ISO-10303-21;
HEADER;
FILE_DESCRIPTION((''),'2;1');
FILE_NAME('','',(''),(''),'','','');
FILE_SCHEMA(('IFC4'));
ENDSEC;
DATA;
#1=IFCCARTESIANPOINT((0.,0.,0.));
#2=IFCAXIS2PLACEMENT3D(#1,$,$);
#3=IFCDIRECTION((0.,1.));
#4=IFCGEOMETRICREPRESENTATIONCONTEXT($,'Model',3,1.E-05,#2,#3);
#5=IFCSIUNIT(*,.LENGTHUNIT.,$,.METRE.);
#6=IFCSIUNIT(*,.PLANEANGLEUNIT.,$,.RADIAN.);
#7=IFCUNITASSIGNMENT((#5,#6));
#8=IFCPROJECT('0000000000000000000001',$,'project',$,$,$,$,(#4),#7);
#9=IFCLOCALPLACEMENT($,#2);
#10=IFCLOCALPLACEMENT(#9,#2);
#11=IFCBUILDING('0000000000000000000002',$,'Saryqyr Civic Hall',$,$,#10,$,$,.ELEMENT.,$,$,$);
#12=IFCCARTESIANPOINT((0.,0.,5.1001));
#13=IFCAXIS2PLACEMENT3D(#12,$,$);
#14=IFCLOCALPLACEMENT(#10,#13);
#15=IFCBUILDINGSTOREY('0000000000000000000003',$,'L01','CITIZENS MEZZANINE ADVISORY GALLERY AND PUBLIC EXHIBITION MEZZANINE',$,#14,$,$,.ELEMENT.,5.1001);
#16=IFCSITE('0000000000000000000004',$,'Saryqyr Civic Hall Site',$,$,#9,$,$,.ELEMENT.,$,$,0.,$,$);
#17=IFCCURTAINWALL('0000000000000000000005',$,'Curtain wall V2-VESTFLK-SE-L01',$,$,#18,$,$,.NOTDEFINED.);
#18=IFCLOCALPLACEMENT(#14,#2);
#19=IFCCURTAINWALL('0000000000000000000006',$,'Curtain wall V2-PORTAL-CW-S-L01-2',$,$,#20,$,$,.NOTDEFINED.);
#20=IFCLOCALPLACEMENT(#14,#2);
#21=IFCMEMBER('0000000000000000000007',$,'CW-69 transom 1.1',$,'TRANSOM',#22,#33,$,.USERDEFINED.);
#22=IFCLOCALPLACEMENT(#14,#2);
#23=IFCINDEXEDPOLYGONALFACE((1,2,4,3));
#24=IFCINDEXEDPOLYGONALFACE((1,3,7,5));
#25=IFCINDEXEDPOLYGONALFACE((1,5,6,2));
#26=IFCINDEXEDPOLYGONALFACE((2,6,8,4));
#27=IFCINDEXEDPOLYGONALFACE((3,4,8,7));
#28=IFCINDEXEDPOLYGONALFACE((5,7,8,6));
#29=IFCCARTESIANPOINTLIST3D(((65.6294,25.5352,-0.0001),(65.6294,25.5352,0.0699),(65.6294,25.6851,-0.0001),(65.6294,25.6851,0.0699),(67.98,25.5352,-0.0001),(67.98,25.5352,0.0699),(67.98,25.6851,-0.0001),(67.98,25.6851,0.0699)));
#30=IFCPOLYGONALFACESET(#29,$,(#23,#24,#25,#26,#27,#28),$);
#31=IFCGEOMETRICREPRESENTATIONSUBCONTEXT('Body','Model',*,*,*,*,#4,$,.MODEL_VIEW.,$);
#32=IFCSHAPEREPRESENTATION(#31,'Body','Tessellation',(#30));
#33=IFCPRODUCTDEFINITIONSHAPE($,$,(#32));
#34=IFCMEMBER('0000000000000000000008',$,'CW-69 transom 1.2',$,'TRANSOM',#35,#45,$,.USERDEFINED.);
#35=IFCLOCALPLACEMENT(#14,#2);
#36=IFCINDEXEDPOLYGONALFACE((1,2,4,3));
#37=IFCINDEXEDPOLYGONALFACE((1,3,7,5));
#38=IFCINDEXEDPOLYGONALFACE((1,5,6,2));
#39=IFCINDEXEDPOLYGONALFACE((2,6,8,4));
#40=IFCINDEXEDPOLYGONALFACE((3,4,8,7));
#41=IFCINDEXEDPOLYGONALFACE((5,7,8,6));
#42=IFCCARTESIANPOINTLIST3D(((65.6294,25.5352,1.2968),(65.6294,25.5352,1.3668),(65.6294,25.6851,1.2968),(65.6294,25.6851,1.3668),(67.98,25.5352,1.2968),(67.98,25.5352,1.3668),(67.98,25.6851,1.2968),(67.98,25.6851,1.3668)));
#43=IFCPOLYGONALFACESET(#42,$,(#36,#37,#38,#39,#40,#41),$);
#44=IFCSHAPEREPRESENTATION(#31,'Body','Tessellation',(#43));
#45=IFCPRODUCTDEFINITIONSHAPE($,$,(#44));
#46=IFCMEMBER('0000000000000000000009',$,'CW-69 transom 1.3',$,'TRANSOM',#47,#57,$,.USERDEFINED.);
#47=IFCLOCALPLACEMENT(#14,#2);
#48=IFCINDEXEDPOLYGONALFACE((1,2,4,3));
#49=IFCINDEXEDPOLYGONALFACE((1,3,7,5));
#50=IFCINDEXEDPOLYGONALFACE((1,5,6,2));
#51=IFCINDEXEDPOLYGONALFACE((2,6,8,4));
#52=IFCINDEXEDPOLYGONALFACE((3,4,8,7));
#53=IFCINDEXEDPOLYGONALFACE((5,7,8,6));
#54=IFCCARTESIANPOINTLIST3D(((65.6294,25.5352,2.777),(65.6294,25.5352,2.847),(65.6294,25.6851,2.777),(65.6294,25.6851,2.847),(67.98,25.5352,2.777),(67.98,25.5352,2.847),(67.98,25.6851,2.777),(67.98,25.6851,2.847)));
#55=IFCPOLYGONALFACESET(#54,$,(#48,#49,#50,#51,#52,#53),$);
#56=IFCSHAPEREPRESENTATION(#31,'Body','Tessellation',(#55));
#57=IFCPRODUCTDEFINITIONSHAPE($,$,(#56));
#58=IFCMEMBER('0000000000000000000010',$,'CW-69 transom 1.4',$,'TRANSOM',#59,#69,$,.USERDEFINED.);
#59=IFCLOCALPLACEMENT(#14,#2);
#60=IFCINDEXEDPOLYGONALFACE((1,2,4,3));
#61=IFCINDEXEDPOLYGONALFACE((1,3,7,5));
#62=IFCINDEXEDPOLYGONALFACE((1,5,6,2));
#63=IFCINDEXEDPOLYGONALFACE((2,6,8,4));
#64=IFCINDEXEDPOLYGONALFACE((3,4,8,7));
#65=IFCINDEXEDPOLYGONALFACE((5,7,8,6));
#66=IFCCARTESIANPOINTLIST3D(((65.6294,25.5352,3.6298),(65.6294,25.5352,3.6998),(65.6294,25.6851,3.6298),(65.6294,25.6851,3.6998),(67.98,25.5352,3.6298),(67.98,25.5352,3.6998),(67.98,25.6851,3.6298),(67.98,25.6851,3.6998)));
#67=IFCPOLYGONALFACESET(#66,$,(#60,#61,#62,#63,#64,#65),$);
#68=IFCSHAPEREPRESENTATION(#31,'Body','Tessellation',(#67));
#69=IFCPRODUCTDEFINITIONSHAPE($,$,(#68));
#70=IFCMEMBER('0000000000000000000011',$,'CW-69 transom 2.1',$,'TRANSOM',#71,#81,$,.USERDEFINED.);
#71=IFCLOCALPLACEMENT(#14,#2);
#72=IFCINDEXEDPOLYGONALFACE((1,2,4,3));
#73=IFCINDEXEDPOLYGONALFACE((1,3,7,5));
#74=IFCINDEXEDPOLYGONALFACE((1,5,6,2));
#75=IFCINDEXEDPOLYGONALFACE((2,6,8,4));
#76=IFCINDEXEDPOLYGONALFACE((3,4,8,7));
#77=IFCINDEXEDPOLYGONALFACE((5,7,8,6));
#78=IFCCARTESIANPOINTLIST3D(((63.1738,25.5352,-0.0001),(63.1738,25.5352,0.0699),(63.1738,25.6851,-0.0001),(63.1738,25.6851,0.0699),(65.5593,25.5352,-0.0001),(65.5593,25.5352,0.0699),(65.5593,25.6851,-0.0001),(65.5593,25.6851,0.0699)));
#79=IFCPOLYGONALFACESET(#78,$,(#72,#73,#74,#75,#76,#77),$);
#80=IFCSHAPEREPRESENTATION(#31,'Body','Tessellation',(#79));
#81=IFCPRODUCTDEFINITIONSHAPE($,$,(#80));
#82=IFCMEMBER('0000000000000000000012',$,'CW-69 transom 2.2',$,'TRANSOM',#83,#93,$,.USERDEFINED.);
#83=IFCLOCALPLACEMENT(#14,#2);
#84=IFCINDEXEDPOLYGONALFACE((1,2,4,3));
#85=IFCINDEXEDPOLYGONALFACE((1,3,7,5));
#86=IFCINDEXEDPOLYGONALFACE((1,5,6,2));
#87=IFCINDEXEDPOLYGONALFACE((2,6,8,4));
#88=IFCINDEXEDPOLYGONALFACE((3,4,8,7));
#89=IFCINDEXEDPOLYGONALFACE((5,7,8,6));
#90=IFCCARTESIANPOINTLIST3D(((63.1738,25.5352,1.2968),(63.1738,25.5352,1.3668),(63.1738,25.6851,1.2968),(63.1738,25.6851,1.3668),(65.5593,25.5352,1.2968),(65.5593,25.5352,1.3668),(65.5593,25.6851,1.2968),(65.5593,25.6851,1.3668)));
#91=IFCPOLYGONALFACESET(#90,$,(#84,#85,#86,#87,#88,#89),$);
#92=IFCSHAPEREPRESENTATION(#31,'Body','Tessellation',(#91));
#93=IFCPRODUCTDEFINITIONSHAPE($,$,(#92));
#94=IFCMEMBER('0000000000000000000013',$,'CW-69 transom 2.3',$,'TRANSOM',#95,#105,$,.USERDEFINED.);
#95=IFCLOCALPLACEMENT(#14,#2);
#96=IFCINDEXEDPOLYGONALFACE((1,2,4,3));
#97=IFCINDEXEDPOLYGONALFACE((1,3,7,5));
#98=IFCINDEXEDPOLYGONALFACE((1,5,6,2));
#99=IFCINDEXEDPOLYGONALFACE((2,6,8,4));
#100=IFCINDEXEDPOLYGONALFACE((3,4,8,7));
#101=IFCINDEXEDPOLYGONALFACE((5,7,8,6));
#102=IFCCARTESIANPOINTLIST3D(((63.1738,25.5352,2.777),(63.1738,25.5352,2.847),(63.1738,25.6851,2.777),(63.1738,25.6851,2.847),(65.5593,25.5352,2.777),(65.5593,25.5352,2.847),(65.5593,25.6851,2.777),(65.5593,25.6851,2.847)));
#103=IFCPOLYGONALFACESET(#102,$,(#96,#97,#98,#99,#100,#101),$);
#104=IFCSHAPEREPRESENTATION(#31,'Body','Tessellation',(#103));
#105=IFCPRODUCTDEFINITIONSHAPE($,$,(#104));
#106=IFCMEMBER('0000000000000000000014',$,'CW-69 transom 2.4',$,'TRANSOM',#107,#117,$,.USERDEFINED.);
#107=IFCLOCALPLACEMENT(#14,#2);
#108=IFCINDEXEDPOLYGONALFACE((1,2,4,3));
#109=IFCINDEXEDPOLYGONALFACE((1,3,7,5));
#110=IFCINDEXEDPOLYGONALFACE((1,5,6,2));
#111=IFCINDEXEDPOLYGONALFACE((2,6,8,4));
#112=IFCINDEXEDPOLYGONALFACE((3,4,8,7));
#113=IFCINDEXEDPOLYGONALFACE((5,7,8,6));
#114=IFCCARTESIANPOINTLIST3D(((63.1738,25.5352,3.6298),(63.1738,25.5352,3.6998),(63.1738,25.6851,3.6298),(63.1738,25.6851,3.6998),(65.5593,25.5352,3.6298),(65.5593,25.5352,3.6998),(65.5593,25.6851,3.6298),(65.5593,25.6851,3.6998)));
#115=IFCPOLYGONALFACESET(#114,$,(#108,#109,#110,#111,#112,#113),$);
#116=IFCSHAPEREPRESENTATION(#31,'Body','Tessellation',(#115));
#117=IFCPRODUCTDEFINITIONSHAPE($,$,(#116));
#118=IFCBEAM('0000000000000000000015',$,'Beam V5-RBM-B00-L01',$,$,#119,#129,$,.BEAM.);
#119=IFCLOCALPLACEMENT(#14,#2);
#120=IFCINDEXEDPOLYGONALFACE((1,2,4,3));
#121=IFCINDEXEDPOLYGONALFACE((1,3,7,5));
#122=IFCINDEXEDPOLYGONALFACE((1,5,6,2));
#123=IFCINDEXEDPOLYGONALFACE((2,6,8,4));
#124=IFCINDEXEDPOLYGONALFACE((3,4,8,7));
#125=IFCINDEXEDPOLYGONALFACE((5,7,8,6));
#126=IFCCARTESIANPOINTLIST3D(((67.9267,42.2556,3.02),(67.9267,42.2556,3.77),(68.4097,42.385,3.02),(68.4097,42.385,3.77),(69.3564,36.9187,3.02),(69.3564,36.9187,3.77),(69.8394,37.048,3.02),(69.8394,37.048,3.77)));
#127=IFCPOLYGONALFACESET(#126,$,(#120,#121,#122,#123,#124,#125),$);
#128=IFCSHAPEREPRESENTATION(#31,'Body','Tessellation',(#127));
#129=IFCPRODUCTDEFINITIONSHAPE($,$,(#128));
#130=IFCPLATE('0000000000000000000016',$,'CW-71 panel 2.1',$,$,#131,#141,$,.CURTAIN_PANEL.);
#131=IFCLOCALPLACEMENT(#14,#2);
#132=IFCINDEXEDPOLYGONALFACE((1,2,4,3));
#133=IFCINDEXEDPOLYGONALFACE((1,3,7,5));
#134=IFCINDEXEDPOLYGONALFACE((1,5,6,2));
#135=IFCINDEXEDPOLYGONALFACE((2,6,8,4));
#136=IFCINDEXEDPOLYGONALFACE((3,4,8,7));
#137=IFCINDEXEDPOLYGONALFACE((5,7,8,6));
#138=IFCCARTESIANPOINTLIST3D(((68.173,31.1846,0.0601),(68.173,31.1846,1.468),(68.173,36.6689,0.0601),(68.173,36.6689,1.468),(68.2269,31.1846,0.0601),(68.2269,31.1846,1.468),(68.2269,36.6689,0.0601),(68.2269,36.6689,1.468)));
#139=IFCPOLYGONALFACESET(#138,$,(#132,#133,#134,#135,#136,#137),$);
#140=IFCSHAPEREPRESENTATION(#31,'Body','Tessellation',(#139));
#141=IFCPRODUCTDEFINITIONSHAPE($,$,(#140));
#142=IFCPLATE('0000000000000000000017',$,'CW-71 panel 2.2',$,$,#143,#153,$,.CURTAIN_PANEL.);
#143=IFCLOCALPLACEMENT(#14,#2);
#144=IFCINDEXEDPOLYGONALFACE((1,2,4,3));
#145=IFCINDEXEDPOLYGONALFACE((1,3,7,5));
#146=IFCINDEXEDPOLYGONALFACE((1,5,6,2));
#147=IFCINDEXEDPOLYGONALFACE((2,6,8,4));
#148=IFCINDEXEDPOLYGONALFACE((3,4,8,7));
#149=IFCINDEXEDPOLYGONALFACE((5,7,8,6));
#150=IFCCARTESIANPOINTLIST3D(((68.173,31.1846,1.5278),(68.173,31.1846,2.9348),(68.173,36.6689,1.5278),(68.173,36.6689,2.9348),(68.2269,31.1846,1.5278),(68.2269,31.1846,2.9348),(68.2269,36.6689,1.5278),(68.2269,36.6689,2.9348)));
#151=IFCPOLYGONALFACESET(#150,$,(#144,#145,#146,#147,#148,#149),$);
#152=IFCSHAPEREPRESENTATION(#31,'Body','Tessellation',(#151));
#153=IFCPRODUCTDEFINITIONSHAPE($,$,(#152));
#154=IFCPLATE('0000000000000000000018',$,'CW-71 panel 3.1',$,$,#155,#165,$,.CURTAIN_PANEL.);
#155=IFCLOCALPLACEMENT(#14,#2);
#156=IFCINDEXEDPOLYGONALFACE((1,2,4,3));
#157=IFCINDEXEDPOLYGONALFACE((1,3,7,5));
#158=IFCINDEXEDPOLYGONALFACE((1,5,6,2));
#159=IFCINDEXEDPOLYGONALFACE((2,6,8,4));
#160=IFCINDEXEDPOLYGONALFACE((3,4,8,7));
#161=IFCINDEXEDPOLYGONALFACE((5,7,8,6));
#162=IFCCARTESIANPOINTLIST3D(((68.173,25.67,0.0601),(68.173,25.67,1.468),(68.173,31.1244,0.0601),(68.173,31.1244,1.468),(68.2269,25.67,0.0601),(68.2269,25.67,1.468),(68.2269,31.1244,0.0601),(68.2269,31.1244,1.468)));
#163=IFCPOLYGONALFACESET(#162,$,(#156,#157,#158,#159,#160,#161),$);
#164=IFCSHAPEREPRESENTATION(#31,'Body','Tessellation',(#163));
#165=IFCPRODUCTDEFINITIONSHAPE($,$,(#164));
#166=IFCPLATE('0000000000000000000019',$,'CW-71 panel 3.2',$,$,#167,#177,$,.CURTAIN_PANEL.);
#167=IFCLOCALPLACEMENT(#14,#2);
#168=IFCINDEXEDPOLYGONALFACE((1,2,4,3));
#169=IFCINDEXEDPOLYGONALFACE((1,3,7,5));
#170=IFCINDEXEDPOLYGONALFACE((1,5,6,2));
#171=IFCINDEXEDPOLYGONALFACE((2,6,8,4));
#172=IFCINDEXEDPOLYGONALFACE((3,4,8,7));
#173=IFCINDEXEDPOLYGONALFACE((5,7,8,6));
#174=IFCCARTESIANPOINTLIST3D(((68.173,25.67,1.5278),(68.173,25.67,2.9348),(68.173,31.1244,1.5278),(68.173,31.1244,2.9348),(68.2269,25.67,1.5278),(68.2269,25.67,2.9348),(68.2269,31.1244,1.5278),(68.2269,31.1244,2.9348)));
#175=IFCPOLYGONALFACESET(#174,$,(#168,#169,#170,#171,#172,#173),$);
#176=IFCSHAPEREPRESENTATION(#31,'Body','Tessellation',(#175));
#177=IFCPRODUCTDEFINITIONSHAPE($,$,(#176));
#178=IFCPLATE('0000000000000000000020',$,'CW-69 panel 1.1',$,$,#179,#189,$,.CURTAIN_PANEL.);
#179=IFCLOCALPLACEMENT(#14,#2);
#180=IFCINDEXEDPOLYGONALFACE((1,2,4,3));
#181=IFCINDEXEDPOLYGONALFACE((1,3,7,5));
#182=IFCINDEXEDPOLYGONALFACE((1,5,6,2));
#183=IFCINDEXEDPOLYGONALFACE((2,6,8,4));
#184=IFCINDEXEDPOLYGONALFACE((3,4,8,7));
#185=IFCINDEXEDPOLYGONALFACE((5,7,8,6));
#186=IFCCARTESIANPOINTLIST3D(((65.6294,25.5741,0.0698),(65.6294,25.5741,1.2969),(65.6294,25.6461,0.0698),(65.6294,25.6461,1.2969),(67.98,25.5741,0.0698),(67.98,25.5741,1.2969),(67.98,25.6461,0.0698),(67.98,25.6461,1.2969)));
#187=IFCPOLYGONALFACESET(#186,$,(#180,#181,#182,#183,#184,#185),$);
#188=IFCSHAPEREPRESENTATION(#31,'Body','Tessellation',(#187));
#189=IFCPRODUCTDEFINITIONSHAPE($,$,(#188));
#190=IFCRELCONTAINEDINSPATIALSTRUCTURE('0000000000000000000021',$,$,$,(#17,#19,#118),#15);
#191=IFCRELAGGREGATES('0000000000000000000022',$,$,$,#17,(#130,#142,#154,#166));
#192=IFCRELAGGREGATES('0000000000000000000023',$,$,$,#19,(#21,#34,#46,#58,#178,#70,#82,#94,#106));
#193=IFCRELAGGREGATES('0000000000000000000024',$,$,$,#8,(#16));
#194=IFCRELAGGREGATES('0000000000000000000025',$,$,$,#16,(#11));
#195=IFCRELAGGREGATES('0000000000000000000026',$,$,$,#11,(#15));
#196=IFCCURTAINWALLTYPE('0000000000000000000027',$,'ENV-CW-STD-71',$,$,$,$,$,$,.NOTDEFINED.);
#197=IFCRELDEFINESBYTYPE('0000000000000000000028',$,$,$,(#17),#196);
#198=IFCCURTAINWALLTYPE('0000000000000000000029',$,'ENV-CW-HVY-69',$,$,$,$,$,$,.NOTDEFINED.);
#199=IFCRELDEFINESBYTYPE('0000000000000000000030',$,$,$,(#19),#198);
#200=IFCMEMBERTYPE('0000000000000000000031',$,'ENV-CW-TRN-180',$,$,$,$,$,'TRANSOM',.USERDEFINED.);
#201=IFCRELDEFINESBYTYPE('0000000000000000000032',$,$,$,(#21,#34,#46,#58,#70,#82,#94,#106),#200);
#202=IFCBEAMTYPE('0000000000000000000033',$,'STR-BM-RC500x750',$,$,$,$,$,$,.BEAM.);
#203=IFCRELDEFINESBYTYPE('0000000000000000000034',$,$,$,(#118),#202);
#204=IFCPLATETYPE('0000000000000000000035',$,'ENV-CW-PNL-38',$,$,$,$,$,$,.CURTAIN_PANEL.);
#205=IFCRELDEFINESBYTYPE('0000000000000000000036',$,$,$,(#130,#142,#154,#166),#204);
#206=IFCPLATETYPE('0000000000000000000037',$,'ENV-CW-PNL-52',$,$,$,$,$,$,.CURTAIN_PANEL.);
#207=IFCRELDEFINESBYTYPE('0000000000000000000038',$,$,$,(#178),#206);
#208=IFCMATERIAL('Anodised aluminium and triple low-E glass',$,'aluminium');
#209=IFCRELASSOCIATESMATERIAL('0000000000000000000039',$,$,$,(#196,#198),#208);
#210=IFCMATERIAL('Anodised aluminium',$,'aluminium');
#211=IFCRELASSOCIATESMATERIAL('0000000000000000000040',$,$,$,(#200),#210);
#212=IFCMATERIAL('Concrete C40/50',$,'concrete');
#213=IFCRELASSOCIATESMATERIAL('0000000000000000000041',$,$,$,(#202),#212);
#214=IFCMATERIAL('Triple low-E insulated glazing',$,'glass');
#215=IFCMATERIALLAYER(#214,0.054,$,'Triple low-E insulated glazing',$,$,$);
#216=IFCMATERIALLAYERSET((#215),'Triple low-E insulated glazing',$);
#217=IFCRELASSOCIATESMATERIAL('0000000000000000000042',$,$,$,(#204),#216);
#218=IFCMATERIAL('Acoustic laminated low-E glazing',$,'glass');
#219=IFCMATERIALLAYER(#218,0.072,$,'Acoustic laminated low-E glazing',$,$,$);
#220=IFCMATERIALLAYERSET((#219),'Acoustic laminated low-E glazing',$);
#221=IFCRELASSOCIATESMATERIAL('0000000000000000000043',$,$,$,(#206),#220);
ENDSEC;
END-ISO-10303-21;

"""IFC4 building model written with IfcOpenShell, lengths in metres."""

from ifc_helpers import new_model, si_unit, direction, frame, origin, origin_2d, place, context, subcontext, project, spatial, rectangle, extrude, material, layer, layer_set, material_profile, profile_set, type_object, element, aggregate, save


model = new_model("IFC4")

# Units and contexts
model_context = context("Model", 3, precision=1e-05, world=origin(), true_north=direction((0.0, 1.0)))
body_context = subcontext(model_context, "Body", "Model", "MODEL_VIEW")
ifc_project = project(units=[si_unit("LENGTHUNIT", "METRE"), si_unit("PLANEANGLEUNIT", "RADIAN")], contexts=[model_context])

# Site, building, storey
site_placement = place(None, origin())
site = spatial("IfcSite", under=ifc_project, at=site_placement, Name="Saryqyr Civic Hall Site", CompositionType="ELEMENT", RefElevation=0.0)
building_placement = place(site_placement, origin())
building = spatial("IfcBuilding", under=site, at=building_placement, Name="Saryqyr Civic Hall", CompositionType="ELEMENT")
storey_placement = place(building_placement, frame((0.0, 0.0, 5.1001)))
storey = spatial("IfcBuildingStorey", under=building, at=storey_placement, Name="L01", Description="CITIZENS MEZZANINE ADVISORY GALLERY AND PUBLIC EXHIBITION MEZZANINE", CompositionType="ELEMENT", Elevation=5.1001)

# Shared definitions
ifc_material_1 = material(Name="Concrete C40/50", Category="concrete")

# Curtain walls
ifc_material_2 = material(Name="Anodised aluminium and triple low-E glass", Category="aluminium")
curtain_wall_type_1 = type_object("IfcCurtainWallType", Name="ENV-CW-STD-71", PredefinedType="NOTDEFINED", material=ifc_material_2)
curtain_wall_1_placement = place(storey_placement, origin())
curtain_wall_1 = element("IfcCurtainWall", 1, at=curtain_wall_1_placement, inside=storey, type_object=curtain_wall_type_1, Name="Curtain wall V2-VESTFLK-SE-L01", PredefinedType="NOTDEFINED")
ifc_material_3 = material(Name="Anodised aluminium", Category="aluminium")
curtain_wall_type_2 = type_object("IfcCurtainWallType", Name="ENV-CW-HVY-69", PredefinedType="NOTDEFINED", material=ifc_material_2)
curtain_wall_2_placement = place(storey_placement, origin())
curtain_wall_2 = element("IfcCurtainWall", 2, at=curtain_wall_2_placement, inside=storey, type_object=curtain_wall_type_2, Name="Curtain wall V2-PORTAL-CW-S-L01-2", PredefinedType="NOTDEFINED")

# Members
ifc_material_profile_1 = material_profile(ifc_material_3, rectangle(XDim=0.1499, YDim=0.0701, at=origin_2d()), Name="ALU TRANSOM 150x70")
ifc_profile_set_1 = profile_set([ifc_material_profile_1], Name="Anodised aluminium")
member_type_1 = type_object("IfcMemberType", Name="ENV-CW-TRN-180", ElementType="TRANSOM", PredefinedType="USERDEFINED", material=ifc_profile_set_1)
member_1_placement = place(storey_placement, frame((67.98, 25.6101, 0.0349), z_axis=(-1.0, 0.0, 0.0), x_axis=(0.0, -1.0, 0.0)))
member_1 = element("IfcMember", 3, at=member_1_placement, type_object=member_type_1, Name="CW-69 transom 1.1", ObjectType="TRANSOM", PredefinedType="USERDEFINED", context=body_context, shape_type="SweptSolid", body=[
    extrude(rectangle(XDim=0.1499, YDim=0.0701, at=origin_2d()), origin(), (0.0, 0.0, 1.0), 2.3506),
])
member_2_placement = place(storey_placement, frame((67.98, 25.6101, 1.3318), z_axis=(-1.0, 0.0, 0.0), x_axis=(0.0, -1.0, 0.0)))
member_2 = element("IfcMember", 4, at=member_2_placement, type_object=member_type_1, Name="CW-69 transom 1.2", ObjectType="TRANSOM", PredefinedType="USERDEFINED", context=body_context, shape_type="SweptSolid", body=[
    extrude(rectangle(XDim=0.1499, YDim=0.0701, at=origin_2d()), origin(), (0.0, 0.0, 1.0), 2.3506),
])
member_3_placement = place(storey_placement, frame((67.98, 25.6101, 2.812), z_axis=(-1.0, 0.0, 0.0), x_axis=(0.0, -1.0, 0.0)))
member_3 = element("IfcMember", 5, at=member_3_placement, type_object=member_type_1, Name="CW-69 transom 1.3", ObjectType="TRANSOM", PredefinedType="USERDEFINED", context=body_context, shape_type="SweptSolid", body=[
    extrude(rectangle(XDim=0.1499, YDim=0.0701, at=origin_2d()), origin(), (0.0, 0.0, 1.0), 2.3506),
])
member_4_placement = place(storey_placement, frame((67.98, 25.6101, 3.6648), z_axis=(-1.0, 0.0, 0.0), x_axis=(0.0, -1.0, 0.0)))
member_4 = element("IfcMember", 6, at=member_4_placement, type_object=member_type_1, Name="CW-69 transom 1.4", ObjectType="TRANSOM", PredefinedType="USERDEFINED", context=body_context, shape_type="SweptSolid", body=[
    extrude(rectangle(XDim=0.1499, YDim=0.0701, at=origin_2d()), origin(), (0.0, 0.0, 1.0), 2.3506),
])
member_5_placement = place(storey_placement, frame((65.5593, 25.6101, 0.0349), z_axis=(-1.0, 0.0, 0.0), x_axis=(0.0, -1.0, 0.0)))
member_5 = element("IfcMember", 7, at=member_5_placement, type_object=member_type_1, Name="CW-69 transom 2.1", ObjectType="TRANSOM", PredefinedType="USERDEFINED", context=body_context, shape_type="SweptSolid", body=[
    extrude(rectangle(XDim=0.1499, YDim=0.0701, at=origin_2d()), origin(), (0.0, 0.0, 1.0), 2.3855),
])
member_6_placement = place(storey_placement, frame((65.5593, 25.6101, 1.3318), z_axis=(-1.0, 0.0, 0.0), x_axis=(0.0, -1.0, 0.0)))
member_6 = element("IfcMember", 8, at=member_6_placement, type_object=member_type_1, Name="CW-69 transom 2.2", ObjectType="TRANSOM", PredefinedType="USERDEFINED", context=body_context, shape_type="SweptSolid", body=[
    extrude(rectangle(XDim=0.1499, YDim=0.0701, at=origin_2d()), origin(), (0.0, 0.0, 1.0), 2.3855),
])
member_7_placement = place(storey_placement, frame((65.5593, 25.6101, 2.812), z_axis=(-1.0, 0.0, 0.0), x_axis=(0.0, -1.0, 0.0)))
member_7 = element("IfcMember", 9, at=member_7_placement, type_object=member_type_1, Name="CW-69 transom 2.3", ObjectType="TRANSOM", PredefinedType="USERDEFINED", context=body_context, shape_type="SweptSolid", body=[
    extrude(rectangle(XDim=0.1499, YDim=0.0701, at=origin_2d()), origin(), (0.0, 0.0, 1.0), 2.3855),
])
member_8_placement = place(storey_placement, frame((65.5593, 25.6101, 3.6648), z_axis=(-1.0, 0.0, 0.0), x_axis=(0.0, -1.0, 0.0)))
member_8 = element("IfcMember", 10, at=member_8_placement, type_object=member_type_1, Name="CW-69 transom 2.4", ObjectType="TRANSOM", PredefinedType="USERDEFINED", context=body_context, shape_type="SweptSolid", body=[
    extrude(rectangle(XDim=0.1499, YDim=0.0701, at=origin_2d()), origin(), (0.0, 0.0, 1.0), 2.3855),
])

# Beam
ifc_material_profile_2 = material_profile(ifc_material_1, rectangle(XDim=0.5, YDim=0.75, at=origin_2d()), Name="RC 500x750")
ifc_profile_set_2 = profile_set([ifc_material_profile_2], Name="Concrete C40/50")
beam_type = type_object("IfcBeamType", Name="STR-BM-RC500x750", PredefinedType="BEAM", material=ifc_profile_set_2)
beam_placement = place(storey_placement, frame((68.1682, 42.3203, 3.395), z_axis=(0.258763, -0.965941, 0.0), x_axis=(0.965941, 0.258763, 0.0)))
element("IfcBeam", 11, at=beam_placement, inside=storey, type_object=beam_type, Name="Beam V5-RBM-B00-L01", PredefinedType="BEAM", context=body_context, shape_type="SweptSolid", body=[
    extrude(rectangle(XDim=0.5, YDim=0.75, at=origin_2d()), origin(), (0.0, 0.0, 1.0), 5.5251),
])

# Plates
ifc_material_4 = material(Name="Triple low-E insulated glazing", Category="glass")
ifc_layer_1 = layer(ifc_material_4, 0.054, Name="Triple low-E insulated glazing")
ifc_layer_set_1 = layer_set([ifc_layer_1], Name="Triple low-E insulated glazing")
plate_type_1 = type_object("IfcPlateType", Name="ENV-CW-PNL-38", PredefinedType="CURTAIN_PANEL", material=ifc_layer_set_1)
plate_1_placement = place(storey_placement, frame((68.2, 33.9268, 0.0601), z_axis=(0.0, 0.0, 1.0), x_axis=(0.0, -1.0, 0.0)))
plate_1 = element("IfcPlate", 12, at=plate_1_placement, type_object=plate_type_1, Name="CW-71 panel 2.1", PredefinedType="CURTAIN_PANEL", context=body_context, shape_type="SweptSolid", body=[
    extrude(rectangle(XDim=5.4844, YDim=0.054, at=origin_2d()), origin(), (0.0, 0.0, 1.0), 1.408),
])
plate_2_placement = place(storey_placement, frame((68.2, 33.9268, 1.5278), z_axis=(0.0, 0.0, 1.0), x_axis=(0.0, -1.0, 0.0)))
plate_2 = element("IfcPlate", 13, at=plate_2_placement, type_object=plate_type_1, Name="CW-71 panel 2.2", PredefinedType="CURTAIN_PANEL", context=body_context, shape_type="SweptSolid", body=[
    extrude(rectangle(XDim=5.4844, YDim=0.054, at=origin_2d()), origin(), (0.0, 0.0, 1.0), 1.407),
])
plate_3_placement = place(storey_placement, frame((68.2, 28.3972, 0.0601), z_axis=(0.0, 0.0, 1.0), x_axis=(0.0, -1.0, 0.0)))
plate_3 = element("IfcPlate", 14, at=plate_3_placement, type_object=plate_type_1, Name="CW-71 panel 3.1", PredefinedType="CURTAIN_PANEL", context=body_context, shape_type="SweptSolid", body=[
    extrude(rectangle(XDim=5.4543, YDim=0.054, at=origin_2d()), origin(), (0.0, 0.0, 1.0), 1.408),
])
plate_4_placement = place(storey_placement, frame((68.2, 28.3972, 1.5278), z_axis=(0.0, 0.0, 1.0), x_axis=(0.0, -1.0, 0.0)))
plate_4 = element("IfcPlate", 15, at=plate_4_placement, type_object=plate_type_1, Name="CW-71 panel 3.2", PredefinedType="CURTAIN_PANEL", context=body_context, shape_type="SweptSolid", body=[
    extrude(rectangle(XDim=5.4543, YDim=0.054, at=origin_2d()), origin(), (0.0, 0.0, 1.0), 1.407),
])
aggregate(curtain_wall_1, [plate_1, plate_2, plate_3, plate_4])
ifc_material_5 = material(Name="Acoustic laminated low-E glazing", Category="glass")
ifc_layer_2 = layer(ifc_material_5, 0.072, Name="Acoustic laminated low-E glazing")
ifc_layer_set_2 = layer_set([ifc_layer_2], Name="Acoustic laminated low-E glazing")
plate_type_2 = type_object("IfcPlateType", Name="ENV-CW-PNL-52", PredefinedType="CURTAIN_PANEL", material=ifc_layer_set_2)
plate_5_placement = place(storey_placement, frame((66.8047, 25.6101, 0.0698), z_axis=(0.0, 0.0, 1.0), x_axis=(-1.0, 0.0, 0.0)))
plate_5 = element("IfcPlate", 16, at=plate_5_placement, type_object=plate_type_2, Name="CW-69 panel 1.1", PredefinedType="CURTAIN_PANEL", context=body_context, shape_type="SweptSolid", body=[
    extrude(rectangle(XDim=2.3506, YDim=0.072, at=origin_2d()), origin(), (0.0, 0.0, 1.0), 1.2271),
])
aggregate(curtain_wall_2, [member_1, member_2, member_3, member_4, plate_5, member_5, member_6, member_7, member_8])

save(model, "model.ifc")
